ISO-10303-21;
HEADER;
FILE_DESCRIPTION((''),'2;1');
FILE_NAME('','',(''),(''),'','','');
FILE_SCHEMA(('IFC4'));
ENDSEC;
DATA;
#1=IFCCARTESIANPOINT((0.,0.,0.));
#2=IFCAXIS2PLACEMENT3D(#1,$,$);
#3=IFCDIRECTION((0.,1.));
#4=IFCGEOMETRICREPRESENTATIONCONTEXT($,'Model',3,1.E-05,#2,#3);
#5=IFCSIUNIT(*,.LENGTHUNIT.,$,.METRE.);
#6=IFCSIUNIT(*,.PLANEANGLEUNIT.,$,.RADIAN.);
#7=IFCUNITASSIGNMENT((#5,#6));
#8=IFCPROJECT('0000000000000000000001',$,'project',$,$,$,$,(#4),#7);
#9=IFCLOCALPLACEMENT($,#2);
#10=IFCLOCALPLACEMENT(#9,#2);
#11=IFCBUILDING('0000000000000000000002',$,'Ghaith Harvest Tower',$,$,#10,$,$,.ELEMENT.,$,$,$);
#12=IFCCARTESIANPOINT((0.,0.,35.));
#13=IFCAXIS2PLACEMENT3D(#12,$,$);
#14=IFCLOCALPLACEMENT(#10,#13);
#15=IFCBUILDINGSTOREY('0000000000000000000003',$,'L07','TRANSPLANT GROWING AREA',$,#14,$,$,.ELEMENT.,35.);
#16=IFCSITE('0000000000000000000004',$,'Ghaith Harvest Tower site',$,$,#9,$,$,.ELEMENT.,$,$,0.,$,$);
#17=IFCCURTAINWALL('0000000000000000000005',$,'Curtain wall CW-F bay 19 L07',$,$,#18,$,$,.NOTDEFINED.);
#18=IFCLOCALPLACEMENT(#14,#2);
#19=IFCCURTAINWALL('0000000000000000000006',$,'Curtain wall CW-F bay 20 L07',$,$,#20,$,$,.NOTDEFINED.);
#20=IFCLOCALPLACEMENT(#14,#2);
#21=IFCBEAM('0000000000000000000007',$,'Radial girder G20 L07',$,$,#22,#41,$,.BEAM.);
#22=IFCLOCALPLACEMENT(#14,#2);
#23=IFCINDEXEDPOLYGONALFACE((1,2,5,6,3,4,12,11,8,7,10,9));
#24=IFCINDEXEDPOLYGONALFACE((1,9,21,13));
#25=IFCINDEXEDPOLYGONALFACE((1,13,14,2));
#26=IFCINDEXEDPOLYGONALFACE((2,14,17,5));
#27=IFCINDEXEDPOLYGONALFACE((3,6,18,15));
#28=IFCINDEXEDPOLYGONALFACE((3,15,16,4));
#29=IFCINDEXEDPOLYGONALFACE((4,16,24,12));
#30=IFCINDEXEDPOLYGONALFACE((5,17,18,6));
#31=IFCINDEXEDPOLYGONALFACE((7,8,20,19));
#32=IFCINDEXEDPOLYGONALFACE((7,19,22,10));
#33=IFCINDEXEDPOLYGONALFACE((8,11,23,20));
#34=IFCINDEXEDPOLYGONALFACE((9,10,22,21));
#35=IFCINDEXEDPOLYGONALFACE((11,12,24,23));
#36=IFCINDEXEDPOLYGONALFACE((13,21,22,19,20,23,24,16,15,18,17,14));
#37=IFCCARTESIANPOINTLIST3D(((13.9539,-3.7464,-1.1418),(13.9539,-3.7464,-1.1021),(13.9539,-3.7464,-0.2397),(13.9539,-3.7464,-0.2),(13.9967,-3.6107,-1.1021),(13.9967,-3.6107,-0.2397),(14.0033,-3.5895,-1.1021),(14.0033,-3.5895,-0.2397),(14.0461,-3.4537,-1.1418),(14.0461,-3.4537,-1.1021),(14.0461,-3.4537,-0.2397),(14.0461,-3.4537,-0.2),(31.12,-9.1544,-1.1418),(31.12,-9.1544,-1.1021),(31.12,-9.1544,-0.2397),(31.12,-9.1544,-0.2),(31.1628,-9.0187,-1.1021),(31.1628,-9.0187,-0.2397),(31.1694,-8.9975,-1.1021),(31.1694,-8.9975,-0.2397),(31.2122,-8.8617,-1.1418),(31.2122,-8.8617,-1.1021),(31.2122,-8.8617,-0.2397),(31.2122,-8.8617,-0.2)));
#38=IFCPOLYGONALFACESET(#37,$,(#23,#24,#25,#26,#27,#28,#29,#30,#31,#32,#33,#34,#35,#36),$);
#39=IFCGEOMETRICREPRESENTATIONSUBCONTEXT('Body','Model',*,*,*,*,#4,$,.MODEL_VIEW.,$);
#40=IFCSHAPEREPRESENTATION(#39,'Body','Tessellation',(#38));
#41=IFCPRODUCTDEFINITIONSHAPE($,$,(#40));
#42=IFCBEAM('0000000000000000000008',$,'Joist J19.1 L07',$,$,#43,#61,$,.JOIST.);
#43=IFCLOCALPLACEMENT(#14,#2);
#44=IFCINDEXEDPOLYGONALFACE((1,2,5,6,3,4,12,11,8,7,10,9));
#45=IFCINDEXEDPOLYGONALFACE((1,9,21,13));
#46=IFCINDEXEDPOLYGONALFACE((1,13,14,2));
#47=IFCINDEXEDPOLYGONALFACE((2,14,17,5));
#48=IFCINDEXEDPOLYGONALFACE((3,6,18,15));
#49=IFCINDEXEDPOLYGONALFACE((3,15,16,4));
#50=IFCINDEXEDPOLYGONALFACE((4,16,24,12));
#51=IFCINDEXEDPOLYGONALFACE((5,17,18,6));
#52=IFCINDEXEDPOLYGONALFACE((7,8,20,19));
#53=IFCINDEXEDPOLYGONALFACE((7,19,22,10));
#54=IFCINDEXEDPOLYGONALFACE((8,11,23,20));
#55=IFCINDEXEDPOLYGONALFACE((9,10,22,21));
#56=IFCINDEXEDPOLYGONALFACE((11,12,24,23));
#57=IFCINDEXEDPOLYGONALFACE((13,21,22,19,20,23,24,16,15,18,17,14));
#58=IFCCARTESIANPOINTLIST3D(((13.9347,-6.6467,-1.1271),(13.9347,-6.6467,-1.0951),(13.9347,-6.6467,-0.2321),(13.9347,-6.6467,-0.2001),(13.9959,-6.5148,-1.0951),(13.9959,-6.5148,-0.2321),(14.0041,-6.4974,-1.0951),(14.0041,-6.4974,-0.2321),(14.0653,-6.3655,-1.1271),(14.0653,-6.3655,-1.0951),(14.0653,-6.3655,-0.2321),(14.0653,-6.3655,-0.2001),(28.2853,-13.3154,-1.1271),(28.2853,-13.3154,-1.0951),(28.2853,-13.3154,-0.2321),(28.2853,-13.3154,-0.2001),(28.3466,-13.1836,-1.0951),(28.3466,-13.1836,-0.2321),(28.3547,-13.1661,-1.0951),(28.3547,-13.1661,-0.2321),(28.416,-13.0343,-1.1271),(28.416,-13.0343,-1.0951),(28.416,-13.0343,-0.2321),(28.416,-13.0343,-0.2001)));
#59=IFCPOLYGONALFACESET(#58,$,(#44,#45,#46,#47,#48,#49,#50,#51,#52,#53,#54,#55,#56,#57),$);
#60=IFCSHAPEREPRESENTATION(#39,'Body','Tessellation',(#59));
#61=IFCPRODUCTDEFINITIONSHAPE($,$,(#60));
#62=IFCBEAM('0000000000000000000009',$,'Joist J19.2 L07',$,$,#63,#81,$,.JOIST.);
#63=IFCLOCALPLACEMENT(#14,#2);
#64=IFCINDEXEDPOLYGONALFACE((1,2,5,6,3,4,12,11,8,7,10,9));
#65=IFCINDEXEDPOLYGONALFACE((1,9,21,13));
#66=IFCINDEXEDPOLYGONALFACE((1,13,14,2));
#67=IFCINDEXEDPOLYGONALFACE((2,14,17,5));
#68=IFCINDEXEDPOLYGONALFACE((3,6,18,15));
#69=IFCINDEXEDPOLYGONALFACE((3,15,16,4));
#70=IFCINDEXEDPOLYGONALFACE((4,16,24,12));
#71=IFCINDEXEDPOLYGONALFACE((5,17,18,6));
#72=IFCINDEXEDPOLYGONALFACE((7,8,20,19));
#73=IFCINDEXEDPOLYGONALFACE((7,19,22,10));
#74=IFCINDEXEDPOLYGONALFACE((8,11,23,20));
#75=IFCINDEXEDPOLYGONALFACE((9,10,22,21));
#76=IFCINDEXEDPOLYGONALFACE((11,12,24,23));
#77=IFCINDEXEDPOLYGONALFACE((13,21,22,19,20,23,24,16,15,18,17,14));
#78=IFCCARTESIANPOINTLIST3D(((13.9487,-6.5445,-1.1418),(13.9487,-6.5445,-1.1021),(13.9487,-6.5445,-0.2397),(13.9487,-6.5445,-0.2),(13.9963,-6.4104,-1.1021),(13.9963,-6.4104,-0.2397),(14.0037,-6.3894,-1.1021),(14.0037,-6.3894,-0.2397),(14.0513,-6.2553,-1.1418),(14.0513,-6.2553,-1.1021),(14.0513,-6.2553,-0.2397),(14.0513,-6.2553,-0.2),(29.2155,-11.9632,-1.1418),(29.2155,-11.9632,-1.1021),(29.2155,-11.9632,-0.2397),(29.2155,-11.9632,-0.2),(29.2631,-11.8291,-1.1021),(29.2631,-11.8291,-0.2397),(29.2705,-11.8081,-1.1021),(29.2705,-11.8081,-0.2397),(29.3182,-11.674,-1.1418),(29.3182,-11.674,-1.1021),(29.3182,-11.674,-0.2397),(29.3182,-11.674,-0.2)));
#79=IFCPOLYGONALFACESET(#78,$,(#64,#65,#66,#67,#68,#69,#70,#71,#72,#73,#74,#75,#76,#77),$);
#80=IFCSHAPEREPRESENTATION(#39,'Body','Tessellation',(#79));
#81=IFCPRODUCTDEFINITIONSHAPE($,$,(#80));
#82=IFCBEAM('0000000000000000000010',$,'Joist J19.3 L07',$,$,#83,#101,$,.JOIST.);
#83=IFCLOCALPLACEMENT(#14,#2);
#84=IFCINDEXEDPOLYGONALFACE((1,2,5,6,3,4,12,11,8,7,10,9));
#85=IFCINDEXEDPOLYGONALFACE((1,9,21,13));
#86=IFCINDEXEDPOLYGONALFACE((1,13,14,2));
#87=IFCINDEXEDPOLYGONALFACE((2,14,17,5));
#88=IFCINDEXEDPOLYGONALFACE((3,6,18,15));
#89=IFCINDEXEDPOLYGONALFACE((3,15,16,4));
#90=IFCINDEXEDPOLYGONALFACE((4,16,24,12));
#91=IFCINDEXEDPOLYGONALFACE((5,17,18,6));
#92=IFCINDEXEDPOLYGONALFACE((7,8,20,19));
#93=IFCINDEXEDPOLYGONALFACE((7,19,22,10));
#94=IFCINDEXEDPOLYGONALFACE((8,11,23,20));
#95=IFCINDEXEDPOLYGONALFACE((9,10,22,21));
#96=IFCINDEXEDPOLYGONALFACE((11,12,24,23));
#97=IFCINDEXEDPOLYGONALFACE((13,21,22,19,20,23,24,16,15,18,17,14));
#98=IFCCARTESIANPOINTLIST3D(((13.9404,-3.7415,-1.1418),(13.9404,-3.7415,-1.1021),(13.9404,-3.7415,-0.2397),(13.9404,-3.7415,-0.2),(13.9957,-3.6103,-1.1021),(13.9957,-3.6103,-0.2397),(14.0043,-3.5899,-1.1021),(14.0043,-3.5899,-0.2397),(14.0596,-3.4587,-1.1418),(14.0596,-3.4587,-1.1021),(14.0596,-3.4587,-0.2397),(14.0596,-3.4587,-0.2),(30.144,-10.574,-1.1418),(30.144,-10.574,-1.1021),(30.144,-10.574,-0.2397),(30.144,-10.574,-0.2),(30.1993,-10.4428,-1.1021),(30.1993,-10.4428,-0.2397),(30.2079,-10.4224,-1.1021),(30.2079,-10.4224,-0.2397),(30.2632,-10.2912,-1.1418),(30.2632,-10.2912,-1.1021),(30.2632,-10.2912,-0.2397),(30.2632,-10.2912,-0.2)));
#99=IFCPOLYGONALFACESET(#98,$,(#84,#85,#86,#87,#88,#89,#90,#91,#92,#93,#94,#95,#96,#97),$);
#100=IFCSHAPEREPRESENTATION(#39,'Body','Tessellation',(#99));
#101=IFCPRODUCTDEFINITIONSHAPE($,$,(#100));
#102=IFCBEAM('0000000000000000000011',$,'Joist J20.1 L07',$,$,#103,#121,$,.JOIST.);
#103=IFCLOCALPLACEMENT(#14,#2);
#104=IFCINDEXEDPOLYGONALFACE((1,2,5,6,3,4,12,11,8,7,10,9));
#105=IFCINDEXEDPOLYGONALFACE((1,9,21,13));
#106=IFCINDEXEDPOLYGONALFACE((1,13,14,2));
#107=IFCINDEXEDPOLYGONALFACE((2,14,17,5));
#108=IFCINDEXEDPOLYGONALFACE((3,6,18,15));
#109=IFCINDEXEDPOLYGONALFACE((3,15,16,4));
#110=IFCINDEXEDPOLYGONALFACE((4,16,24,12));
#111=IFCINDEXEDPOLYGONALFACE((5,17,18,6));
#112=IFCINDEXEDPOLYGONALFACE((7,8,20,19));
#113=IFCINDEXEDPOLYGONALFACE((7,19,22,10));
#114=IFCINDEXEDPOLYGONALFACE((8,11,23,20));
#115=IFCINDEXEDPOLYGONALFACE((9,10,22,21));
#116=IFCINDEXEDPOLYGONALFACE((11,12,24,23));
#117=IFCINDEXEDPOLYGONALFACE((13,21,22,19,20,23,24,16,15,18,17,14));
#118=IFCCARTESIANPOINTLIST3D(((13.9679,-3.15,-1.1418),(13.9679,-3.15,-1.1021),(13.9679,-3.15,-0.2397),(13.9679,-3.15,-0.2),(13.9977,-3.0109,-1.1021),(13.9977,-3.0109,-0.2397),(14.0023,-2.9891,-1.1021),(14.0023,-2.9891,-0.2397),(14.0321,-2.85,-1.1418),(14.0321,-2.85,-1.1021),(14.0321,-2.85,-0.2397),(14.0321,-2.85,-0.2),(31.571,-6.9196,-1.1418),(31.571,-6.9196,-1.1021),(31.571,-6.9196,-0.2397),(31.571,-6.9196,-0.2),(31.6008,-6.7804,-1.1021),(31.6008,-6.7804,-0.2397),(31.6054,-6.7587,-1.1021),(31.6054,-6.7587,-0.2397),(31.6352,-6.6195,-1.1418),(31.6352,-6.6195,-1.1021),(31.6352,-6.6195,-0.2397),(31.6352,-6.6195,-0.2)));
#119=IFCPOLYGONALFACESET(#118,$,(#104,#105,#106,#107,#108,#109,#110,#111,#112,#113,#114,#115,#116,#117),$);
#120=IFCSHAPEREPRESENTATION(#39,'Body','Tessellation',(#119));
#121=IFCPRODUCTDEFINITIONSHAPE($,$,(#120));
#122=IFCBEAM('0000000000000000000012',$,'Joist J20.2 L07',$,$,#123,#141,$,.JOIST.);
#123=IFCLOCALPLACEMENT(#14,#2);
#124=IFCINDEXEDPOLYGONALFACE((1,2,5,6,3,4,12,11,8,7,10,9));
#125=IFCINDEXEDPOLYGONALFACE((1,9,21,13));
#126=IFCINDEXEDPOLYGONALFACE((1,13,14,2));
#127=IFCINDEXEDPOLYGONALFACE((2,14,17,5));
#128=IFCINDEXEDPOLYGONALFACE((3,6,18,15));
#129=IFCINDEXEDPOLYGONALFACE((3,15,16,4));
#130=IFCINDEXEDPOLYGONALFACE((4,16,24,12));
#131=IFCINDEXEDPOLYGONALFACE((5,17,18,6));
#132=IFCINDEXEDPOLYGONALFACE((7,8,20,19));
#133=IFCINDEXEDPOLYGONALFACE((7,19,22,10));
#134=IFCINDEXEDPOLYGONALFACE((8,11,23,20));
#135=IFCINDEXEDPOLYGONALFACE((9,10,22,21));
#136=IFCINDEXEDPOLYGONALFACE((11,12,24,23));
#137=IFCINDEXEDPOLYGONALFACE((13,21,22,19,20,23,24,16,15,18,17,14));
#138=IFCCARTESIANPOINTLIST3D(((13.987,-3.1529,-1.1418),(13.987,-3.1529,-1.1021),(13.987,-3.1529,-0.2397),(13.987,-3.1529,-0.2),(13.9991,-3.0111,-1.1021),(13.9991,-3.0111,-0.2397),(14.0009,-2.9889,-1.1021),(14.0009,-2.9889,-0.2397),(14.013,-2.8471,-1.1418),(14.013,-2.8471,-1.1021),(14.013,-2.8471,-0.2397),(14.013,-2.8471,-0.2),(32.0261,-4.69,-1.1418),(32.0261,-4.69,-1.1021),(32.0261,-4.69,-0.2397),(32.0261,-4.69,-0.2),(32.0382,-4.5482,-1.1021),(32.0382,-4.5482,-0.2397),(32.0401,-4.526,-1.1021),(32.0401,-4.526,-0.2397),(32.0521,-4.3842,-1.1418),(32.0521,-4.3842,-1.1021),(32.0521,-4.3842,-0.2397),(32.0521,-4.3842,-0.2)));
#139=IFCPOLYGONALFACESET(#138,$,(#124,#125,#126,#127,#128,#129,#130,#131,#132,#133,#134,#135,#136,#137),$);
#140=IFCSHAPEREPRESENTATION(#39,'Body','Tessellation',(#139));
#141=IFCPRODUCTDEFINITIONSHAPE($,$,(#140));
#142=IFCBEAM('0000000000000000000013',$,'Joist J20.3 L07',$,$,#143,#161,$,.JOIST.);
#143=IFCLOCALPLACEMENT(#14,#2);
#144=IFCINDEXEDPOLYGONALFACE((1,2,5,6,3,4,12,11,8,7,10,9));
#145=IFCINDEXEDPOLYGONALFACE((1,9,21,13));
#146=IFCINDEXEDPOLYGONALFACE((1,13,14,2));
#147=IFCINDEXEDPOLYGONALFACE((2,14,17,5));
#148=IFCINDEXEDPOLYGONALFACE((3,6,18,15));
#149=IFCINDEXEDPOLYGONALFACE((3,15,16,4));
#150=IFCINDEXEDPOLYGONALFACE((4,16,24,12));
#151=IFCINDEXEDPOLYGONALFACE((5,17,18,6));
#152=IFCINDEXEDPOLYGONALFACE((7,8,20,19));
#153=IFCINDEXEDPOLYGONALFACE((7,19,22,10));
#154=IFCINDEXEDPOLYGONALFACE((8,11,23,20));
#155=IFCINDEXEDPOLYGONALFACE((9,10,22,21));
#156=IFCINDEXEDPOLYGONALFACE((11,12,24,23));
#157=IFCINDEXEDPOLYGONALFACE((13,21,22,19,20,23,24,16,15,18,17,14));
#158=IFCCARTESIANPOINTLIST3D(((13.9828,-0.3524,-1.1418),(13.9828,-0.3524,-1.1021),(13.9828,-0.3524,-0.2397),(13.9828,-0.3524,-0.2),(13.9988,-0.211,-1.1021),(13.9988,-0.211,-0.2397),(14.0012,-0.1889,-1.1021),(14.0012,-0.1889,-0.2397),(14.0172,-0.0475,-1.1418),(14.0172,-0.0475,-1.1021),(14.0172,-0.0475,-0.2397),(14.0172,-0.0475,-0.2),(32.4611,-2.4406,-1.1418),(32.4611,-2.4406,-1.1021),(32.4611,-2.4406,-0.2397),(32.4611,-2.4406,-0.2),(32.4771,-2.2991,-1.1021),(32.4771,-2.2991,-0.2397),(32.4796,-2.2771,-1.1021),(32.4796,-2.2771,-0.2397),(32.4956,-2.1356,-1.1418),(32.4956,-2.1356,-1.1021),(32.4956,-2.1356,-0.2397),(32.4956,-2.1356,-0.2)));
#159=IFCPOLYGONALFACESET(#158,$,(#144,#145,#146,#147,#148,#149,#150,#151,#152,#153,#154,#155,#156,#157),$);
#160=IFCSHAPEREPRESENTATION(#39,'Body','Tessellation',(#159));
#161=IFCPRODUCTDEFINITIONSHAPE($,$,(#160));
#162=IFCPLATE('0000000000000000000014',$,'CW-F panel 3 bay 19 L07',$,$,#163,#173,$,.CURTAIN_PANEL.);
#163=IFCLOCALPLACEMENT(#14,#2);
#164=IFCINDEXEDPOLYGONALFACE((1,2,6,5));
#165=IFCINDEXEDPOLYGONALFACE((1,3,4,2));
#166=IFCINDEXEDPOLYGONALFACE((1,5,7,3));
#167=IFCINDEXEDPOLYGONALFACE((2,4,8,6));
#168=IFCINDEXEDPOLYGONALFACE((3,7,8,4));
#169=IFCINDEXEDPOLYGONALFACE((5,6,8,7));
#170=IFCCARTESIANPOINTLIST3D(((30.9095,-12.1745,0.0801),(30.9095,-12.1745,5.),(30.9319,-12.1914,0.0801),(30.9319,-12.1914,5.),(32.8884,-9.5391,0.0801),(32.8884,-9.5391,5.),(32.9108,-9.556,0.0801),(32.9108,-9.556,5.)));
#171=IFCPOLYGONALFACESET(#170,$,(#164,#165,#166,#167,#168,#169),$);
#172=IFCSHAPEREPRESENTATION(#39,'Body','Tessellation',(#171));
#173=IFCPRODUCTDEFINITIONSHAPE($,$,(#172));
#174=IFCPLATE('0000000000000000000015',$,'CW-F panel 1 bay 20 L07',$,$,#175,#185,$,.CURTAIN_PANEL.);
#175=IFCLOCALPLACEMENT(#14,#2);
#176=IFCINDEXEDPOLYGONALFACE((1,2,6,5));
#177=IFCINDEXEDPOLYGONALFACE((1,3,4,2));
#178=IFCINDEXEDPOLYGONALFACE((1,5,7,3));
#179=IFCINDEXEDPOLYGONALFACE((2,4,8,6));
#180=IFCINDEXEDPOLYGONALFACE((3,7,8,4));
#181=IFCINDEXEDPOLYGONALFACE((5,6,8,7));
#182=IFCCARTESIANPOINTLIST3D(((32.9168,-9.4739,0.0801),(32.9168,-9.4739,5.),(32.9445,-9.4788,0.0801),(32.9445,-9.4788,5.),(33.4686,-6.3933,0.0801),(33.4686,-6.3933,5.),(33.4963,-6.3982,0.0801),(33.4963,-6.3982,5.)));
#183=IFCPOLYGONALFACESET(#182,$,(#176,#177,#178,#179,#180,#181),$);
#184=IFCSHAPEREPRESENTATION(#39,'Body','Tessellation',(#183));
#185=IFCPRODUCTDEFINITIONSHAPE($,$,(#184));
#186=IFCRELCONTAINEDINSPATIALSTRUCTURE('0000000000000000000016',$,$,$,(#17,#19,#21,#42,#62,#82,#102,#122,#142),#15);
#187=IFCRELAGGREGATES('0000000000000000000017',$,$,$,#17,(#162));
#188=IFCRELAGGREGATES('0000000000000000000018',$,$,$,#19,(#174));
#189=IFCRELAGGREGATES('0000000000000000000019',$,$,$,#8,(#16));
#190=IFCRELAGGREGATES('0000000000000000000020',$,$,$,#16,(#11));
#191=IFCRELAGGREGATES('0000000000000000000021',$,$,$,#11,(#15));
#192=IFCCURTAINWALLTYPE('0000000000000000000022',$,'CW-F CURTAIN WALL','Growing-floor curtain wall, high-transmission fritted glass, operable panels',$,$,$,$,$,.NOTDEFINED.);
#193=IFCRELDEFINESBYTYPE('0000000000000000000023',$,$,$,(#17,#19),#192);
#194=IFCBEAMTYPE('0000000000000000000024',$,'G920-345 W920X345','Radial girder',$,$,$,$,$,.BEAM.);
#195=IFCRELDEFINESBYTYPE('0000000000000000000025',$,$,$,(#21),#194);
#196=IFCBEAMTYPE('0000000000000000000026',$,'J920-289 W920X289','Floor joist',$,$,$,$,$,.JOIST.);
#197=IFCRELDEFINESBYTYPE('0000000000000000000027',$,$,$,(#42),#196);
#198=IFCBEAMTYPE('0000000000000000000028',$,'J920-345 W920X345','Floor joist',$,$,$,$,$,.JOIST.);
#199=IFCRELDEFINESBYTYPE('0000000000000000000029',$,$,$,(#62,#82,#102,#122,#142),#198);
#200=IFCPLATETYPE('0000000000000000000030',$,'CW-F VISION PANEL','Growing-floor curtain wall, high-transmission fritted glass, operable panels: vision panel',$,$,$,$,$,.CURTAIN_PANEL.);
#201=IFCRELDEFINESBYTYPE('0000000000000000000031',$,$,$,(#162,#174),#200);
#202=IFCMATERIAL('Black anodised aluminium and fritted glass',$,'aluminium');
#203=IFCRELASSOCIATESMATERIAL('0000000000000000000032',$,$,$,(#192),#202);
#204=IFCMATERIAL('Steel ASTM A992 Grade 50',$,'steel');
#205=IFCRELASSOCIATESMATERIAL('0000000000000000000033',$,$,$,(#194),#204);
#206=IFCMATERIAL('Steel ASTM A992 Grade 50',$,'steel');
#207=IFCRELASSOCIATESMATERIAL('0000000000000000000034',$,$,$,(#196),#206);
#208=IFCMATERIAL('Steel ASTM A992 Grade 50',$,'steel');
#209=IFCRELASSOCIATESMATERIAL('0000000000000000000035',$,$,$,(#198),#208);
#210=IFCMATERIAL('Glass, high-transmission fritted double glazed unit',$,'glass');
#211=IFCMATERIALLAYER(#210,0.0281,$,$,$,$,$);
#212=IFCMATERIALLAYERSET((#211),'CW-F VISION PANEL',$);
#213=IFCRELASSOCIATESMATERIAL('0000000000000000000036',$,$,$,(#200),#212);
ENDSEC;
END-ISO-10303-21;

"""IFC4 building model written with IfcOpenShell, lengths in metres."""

from ifc_helpers import new_model, si_unit, direction, frame, origin, origin_2d, place, context, subcontext, project, spatial, rectangle, i_section, extrude, material, layer, layer_set, material_profile, profile_set, type_object, element, aggregate, save


model = new_model("IFC4")

# Units and contexts
model_context = context("Model", 3, precision=1e-05, world=origin(), true_north=direction((0.0, 1.0)))
body_context = subcontext(model_context, "Body", "Model", "MODEL_VIEW")
ifc_project = project(units=[si_unit("LENGTHUNIT", "METRE"), si_unit("PLANEANGLEUNIT", "RADIAN")], contexts=[model_context])

# Site, building, storey
site_placement = place(None, origin())
site = spatial("IfcSite", under=ifc_project, at=site_placement, Name="Ghaith Harvest Tower site", CompositionType="ELEMENT", RefElevation=0.0)
building_placement = place(site_placement, origin())
building = spatial("IfcBuilding", under=site, at=building_placement, Name="Ghaith Harvest Tower", CompositionType="ELEMENT")
storey_placement = place(building_placement, frame((0.0, 0.0, 35.0)))
storey = spatial("IfcBuildingStorey", under=building, at=storey_placement, Name="L07", Description="TRANSPLANT GROWING AREA", CompositionType="ELEMENT", Elevation=35.0)

# Curtain wall
ifc_material_1 = material(Name="Black anodised aluminium and fritted glass", Category="aluminium")
curtain_wall_type = type_object("IfcCurtainWallType", Name="CW-F CURTAIN WALL", Description="Growing-floor curtain wall, high-transmission fritted glass, operable panels", PredefinedType="NOTDEFINED", material=ifc_material_1)
curtain_wall_1_placement = place(storey_placement, origin())
curtain_wall_1 = element("IfcCurtainWall", 1, at=curtain_wall_1_placement, inside=storey, type_object=curtain_wall_type, Name="Curtain wall CW-F bay 19 L07", PredefinedType="NOTDEFINED")

# Curtain wall
curtain_wall_2_placement = place(storey_placement, origin())
curtain_wall_2 = element("IfcCurtainWall", 2, at=curtain_wall_2_placement, inside=storey, type_object=curtain_wall_type, Name="Curtain wall CW-F bay 20 L07", PredefinedType="NOTDEFINED")

# Beams
ifc_material_2 = material(Name="Steel ASTM A992 Grade 50", Category="steel")
ifc_material_profile_1 = material_profile(ifc_material_2, i_section(OverallWidth=0.3069, OverallDepth=0.9419, WebThickness=0.0222, FlangeThickness=0.0398, at=origin_2d()), Name="W920X345")
ifc_profile_set_1 = profile_set([ifc_material_profile_1], Name="Steel ASTM A992 Grade 50")
beam_type_1 = type_object("IfcBeamType", Name="G920-345 W920X345", Description="Radial girder", PredefinedType="BEAM", material=ifc_profile_set_1)
beam_1_placement = place(storey_placement, frame((14.0, -3.6001, -0.6709), z_axis=(0.953788, -0.30048, 0.0), x_axis=(0.30048, 0.953788, 0.0)))
element("IfcBeam", 3, at=beam_1_placement, inside=storey, type_object=beam_type_1, Name="Radial girder G20 L07", PredefinedType="BEAM", context=body_context, shape_type="SweptSolid", body=[
    extrude(i_section(OverallWidth=0.3069, OverallDepth=0.9419, WebThickness=0.0222, FlangeThickness=0.0398, at=origin_2d()), origin(), (0.0, 0.0, 1.0), 17.9978),
])
ifc_material_3 = material(Name="Steel ASTM A992 Grade 50", Category="steel")
ifc_material_profile_2 = material_profile(ifc_material_3, i_section(OverallWidth=0.3101, OverallDepth=0.927, WebThickness=0.0193, FlangeThickness=0.032, at=origin_2d()), Name="W920X289")
ifc_profile_set_2 = profile_set([ifc_material_profile_2], Name="Steel ASTM A992 Grade 50")
beam_type_2 = type_object("IfcBeamType", Name="J920-289 W920X289", Description="Floor joist", PredefinedType="JOIST", material=ifc_profile_set_2)
beam_2_placement = place(storey_placement, frame((14.0, -6.5061, -0.6636), z_axis=(0.906866, -0.42142, 0.0), x_axis=(0.42142, 0.906866, 0.0)))
element("IfcBeam", 4, at=beam_2_placement, inside=storey, type_object=beam_type_2, Name="Joist J19.1 L07", PredefinedType="JOIST", context=body_context, shape_type="SweptSolid", body=[
    extrude(i_section(OverallWidth=0.3101, OverallDepth=0.927, WebThickness=0.0193, FlangeThickness=0.032, at=origin_2d()), origin(), (0.0, 0.0, 1.0), 15.8245),
])
ifc_material_4 = material(Name="Steel ASTM A992 Grade 50", Category="steel")
ifc_material_profile_3 = material_profile(ifc_material_4, i_section(OverallWidth=0.3069, OverallDepth=0.9419, WebThickness=0.0222, FlangeThickness=0.0398, at=origin_2d()), Name="W920X345")
ifc_profile_set_3 = profile_set([ifc_material_profile_3], Name="Steel ASTM A992 Grade 50")
beam_type_3 = type_object("IfcBeamType", Name="J920-345 W920X345", Description="Floor joist", PredefinedType="JOIST", material=ifc_profile_set_3)
beam_3_placement = place(storey_placement, frame((14.0, -6.3999, -0.6709), z_axis=(0.9424, -0.334488, 0.0), x_axis=(0.334488, 0.9424, 0.0)))
element("IfcBeam", 5, at=beam_3_placement, inside=storey, type_object=beam_type_3, Name="Joist J19.2 L07", PredefinedType="JOIST", context=body_context, shape_type="SweptSolid", body=[
    extrude(i_section(OverallWidth=0.3069, OverallDepth=0.9419, WebThickness=0.0222, FlangeThickness=0.0398, at=origin_2d()), origin(), (0.0, 0.0, 1.0), 16.2),
])
beam_4_placement = place(storey_placement, frame((14.0, -3.6001, -0.6709), z_axis=(0.921433, -0.388537, 0.0), x_axis=(0.388537, 0.921433, 0.0)))
element("IfcBeam", 6, at=beam_4_placement, inside=storey, type_object=beam_type_3, Name="Joist J19.3 L07", PredefinedType="JOIST", context=body_context, shape_type="SweptSolid", body=[
    extrude(i_section(OverallWidth=0.3069, OverallDepth=0.9419, WebThickness=0.0222, FlangeThickness=0.0398, at=origin_2d()), origin(), (0.0, 0.0, 1.0), 17.5852),
])
beam_5_placement = place(storey_placement, frame((14.0, -3.0, -0.6709), z_axis=(0.977831, -0.209394, 0.0), x_axis=(0.209394, 0.977831, 0.0)))
element("IfcBeam", 7, at=beam_5_placement, inside=storey, type_object=beam_type_3, Name="Joist J20.1 L07", PredefinedType="JOIST", context=body_context, shape_type="SweptSolid", body=[
    extrude(i_section(OverallWidth=0.3069, OverallDepth=0.9419, WebThickness=0.0222, FlangeThickness=0.0398, at=origin_2d()), origin(), (0.0, 0.0, 1.0), 18.0022),
])
beam_6_placement = place(storey_placement, frame((14.0, -3.0, -0.6709), z_axis=(0.996389, -0.084902, 0.0), x_axis=(0.084902, 0.996389, 0.0)))
element("IfcBeam", 8, at=beam_6_placement, inside=storey, type_object=beam_type_3, Name="Joist J20.2 L07", PredefinedType="JOIST", context=body_context, shape_type="SweptSolid", body=[
    extrude(i_section(OverallWidth=0.3069, OverallDepth=0.9419, WebThickness=0.0222, FlangeThickness=0.0398, at=origin_2d()), origin(), (0.0, 0.0, 1.0), 18.1045),
])
beam_7_placement = place(storey_placement, frame((14.0, -0.2, -0.6709), z_axis=(0.993675, -0.11229, 0.0), x_axis=(0.11229, 0.993675, 0.0)))
element("IfcBeam", 9, at=beam_7_placement, inside=storey, type_object=beam_type_3, Name="Joist J20.3 L07", PredefinedType="JOIST", context=body_context, shape_type="SweptSolid", body=[
    extrude(i_section(OverallWidth=0.3069, OverallDepth=0.9419, WebThickness=0.0222, FlangeThickness=0.0398, at=origin_2d()), origin(), (0.0, 0.0, 1.0), 18.5959),
])

# Plates
ifc_material_5 = material(Name="Glass, high-transmission fritted double glazed unit", Category="glass")
ifc_layer_1 = layer(ifc_material_5, 0.0281)
ifc_layer_set_1 = layer_set([ifc_layer_1], Name="CW-F VISION PANEL")
plate_type = type_object("IfcPlateType", Name="CW-F VISION PANEL", Description="Growing-floor curtain wall, high-transmission fritted glass, operable panels: vision panel", PredefinedType="CURTAIN_PANEL", material=ifc_layer_set_1)
plate_1_placement = place(storey_placement, frame((31.9102, -10.8652, 0.0801), z_axis=(0.0, 0.0, 1.0), x_axis=(0.600454, 0.799659, 0.0)))
plate_1 = element("IfcPlate", 10, at=plate_1_placement, type_object=plate_type, Name="CW-F panel 3 bay 19 L07", PredefinedType="CURTAIN_PANEL", context=body_context, shape_type="SweptSolid", body=[
    extrude(rectangle(XDim=3.2957, YDim=0.0281, at=origin_2d()), origin(), (0.0, 0.0, 1.0), 4.9199),
])
aggregate(curtain_wall_1, [plate_1])
plate_2_placement = place(storey_placement, frame((33.2065, -7.936, 0.0801), z_axis=(0.0, 0.0, 1.0), x_axis=(0.17632, 0.984333, 0.0)))
plate_2 = element("IfcPlate", 11, at=plate_2_placement, type_object=plate_type, Name="CW-F panel 1 bay 20 L07", PredefinedType="CURTAIN_PANEL", context=body_context, shape_type="SweptSolid", body=[
    extrude(rectangle(XDim=3.1296, YDim=0.0281, at=origin_2d()), origin(), (0.0, 0.0, 1.0), 4.9199),
])
aggregate(curtain_wall_2, [plate_2])

save(model, "model.ifc")
